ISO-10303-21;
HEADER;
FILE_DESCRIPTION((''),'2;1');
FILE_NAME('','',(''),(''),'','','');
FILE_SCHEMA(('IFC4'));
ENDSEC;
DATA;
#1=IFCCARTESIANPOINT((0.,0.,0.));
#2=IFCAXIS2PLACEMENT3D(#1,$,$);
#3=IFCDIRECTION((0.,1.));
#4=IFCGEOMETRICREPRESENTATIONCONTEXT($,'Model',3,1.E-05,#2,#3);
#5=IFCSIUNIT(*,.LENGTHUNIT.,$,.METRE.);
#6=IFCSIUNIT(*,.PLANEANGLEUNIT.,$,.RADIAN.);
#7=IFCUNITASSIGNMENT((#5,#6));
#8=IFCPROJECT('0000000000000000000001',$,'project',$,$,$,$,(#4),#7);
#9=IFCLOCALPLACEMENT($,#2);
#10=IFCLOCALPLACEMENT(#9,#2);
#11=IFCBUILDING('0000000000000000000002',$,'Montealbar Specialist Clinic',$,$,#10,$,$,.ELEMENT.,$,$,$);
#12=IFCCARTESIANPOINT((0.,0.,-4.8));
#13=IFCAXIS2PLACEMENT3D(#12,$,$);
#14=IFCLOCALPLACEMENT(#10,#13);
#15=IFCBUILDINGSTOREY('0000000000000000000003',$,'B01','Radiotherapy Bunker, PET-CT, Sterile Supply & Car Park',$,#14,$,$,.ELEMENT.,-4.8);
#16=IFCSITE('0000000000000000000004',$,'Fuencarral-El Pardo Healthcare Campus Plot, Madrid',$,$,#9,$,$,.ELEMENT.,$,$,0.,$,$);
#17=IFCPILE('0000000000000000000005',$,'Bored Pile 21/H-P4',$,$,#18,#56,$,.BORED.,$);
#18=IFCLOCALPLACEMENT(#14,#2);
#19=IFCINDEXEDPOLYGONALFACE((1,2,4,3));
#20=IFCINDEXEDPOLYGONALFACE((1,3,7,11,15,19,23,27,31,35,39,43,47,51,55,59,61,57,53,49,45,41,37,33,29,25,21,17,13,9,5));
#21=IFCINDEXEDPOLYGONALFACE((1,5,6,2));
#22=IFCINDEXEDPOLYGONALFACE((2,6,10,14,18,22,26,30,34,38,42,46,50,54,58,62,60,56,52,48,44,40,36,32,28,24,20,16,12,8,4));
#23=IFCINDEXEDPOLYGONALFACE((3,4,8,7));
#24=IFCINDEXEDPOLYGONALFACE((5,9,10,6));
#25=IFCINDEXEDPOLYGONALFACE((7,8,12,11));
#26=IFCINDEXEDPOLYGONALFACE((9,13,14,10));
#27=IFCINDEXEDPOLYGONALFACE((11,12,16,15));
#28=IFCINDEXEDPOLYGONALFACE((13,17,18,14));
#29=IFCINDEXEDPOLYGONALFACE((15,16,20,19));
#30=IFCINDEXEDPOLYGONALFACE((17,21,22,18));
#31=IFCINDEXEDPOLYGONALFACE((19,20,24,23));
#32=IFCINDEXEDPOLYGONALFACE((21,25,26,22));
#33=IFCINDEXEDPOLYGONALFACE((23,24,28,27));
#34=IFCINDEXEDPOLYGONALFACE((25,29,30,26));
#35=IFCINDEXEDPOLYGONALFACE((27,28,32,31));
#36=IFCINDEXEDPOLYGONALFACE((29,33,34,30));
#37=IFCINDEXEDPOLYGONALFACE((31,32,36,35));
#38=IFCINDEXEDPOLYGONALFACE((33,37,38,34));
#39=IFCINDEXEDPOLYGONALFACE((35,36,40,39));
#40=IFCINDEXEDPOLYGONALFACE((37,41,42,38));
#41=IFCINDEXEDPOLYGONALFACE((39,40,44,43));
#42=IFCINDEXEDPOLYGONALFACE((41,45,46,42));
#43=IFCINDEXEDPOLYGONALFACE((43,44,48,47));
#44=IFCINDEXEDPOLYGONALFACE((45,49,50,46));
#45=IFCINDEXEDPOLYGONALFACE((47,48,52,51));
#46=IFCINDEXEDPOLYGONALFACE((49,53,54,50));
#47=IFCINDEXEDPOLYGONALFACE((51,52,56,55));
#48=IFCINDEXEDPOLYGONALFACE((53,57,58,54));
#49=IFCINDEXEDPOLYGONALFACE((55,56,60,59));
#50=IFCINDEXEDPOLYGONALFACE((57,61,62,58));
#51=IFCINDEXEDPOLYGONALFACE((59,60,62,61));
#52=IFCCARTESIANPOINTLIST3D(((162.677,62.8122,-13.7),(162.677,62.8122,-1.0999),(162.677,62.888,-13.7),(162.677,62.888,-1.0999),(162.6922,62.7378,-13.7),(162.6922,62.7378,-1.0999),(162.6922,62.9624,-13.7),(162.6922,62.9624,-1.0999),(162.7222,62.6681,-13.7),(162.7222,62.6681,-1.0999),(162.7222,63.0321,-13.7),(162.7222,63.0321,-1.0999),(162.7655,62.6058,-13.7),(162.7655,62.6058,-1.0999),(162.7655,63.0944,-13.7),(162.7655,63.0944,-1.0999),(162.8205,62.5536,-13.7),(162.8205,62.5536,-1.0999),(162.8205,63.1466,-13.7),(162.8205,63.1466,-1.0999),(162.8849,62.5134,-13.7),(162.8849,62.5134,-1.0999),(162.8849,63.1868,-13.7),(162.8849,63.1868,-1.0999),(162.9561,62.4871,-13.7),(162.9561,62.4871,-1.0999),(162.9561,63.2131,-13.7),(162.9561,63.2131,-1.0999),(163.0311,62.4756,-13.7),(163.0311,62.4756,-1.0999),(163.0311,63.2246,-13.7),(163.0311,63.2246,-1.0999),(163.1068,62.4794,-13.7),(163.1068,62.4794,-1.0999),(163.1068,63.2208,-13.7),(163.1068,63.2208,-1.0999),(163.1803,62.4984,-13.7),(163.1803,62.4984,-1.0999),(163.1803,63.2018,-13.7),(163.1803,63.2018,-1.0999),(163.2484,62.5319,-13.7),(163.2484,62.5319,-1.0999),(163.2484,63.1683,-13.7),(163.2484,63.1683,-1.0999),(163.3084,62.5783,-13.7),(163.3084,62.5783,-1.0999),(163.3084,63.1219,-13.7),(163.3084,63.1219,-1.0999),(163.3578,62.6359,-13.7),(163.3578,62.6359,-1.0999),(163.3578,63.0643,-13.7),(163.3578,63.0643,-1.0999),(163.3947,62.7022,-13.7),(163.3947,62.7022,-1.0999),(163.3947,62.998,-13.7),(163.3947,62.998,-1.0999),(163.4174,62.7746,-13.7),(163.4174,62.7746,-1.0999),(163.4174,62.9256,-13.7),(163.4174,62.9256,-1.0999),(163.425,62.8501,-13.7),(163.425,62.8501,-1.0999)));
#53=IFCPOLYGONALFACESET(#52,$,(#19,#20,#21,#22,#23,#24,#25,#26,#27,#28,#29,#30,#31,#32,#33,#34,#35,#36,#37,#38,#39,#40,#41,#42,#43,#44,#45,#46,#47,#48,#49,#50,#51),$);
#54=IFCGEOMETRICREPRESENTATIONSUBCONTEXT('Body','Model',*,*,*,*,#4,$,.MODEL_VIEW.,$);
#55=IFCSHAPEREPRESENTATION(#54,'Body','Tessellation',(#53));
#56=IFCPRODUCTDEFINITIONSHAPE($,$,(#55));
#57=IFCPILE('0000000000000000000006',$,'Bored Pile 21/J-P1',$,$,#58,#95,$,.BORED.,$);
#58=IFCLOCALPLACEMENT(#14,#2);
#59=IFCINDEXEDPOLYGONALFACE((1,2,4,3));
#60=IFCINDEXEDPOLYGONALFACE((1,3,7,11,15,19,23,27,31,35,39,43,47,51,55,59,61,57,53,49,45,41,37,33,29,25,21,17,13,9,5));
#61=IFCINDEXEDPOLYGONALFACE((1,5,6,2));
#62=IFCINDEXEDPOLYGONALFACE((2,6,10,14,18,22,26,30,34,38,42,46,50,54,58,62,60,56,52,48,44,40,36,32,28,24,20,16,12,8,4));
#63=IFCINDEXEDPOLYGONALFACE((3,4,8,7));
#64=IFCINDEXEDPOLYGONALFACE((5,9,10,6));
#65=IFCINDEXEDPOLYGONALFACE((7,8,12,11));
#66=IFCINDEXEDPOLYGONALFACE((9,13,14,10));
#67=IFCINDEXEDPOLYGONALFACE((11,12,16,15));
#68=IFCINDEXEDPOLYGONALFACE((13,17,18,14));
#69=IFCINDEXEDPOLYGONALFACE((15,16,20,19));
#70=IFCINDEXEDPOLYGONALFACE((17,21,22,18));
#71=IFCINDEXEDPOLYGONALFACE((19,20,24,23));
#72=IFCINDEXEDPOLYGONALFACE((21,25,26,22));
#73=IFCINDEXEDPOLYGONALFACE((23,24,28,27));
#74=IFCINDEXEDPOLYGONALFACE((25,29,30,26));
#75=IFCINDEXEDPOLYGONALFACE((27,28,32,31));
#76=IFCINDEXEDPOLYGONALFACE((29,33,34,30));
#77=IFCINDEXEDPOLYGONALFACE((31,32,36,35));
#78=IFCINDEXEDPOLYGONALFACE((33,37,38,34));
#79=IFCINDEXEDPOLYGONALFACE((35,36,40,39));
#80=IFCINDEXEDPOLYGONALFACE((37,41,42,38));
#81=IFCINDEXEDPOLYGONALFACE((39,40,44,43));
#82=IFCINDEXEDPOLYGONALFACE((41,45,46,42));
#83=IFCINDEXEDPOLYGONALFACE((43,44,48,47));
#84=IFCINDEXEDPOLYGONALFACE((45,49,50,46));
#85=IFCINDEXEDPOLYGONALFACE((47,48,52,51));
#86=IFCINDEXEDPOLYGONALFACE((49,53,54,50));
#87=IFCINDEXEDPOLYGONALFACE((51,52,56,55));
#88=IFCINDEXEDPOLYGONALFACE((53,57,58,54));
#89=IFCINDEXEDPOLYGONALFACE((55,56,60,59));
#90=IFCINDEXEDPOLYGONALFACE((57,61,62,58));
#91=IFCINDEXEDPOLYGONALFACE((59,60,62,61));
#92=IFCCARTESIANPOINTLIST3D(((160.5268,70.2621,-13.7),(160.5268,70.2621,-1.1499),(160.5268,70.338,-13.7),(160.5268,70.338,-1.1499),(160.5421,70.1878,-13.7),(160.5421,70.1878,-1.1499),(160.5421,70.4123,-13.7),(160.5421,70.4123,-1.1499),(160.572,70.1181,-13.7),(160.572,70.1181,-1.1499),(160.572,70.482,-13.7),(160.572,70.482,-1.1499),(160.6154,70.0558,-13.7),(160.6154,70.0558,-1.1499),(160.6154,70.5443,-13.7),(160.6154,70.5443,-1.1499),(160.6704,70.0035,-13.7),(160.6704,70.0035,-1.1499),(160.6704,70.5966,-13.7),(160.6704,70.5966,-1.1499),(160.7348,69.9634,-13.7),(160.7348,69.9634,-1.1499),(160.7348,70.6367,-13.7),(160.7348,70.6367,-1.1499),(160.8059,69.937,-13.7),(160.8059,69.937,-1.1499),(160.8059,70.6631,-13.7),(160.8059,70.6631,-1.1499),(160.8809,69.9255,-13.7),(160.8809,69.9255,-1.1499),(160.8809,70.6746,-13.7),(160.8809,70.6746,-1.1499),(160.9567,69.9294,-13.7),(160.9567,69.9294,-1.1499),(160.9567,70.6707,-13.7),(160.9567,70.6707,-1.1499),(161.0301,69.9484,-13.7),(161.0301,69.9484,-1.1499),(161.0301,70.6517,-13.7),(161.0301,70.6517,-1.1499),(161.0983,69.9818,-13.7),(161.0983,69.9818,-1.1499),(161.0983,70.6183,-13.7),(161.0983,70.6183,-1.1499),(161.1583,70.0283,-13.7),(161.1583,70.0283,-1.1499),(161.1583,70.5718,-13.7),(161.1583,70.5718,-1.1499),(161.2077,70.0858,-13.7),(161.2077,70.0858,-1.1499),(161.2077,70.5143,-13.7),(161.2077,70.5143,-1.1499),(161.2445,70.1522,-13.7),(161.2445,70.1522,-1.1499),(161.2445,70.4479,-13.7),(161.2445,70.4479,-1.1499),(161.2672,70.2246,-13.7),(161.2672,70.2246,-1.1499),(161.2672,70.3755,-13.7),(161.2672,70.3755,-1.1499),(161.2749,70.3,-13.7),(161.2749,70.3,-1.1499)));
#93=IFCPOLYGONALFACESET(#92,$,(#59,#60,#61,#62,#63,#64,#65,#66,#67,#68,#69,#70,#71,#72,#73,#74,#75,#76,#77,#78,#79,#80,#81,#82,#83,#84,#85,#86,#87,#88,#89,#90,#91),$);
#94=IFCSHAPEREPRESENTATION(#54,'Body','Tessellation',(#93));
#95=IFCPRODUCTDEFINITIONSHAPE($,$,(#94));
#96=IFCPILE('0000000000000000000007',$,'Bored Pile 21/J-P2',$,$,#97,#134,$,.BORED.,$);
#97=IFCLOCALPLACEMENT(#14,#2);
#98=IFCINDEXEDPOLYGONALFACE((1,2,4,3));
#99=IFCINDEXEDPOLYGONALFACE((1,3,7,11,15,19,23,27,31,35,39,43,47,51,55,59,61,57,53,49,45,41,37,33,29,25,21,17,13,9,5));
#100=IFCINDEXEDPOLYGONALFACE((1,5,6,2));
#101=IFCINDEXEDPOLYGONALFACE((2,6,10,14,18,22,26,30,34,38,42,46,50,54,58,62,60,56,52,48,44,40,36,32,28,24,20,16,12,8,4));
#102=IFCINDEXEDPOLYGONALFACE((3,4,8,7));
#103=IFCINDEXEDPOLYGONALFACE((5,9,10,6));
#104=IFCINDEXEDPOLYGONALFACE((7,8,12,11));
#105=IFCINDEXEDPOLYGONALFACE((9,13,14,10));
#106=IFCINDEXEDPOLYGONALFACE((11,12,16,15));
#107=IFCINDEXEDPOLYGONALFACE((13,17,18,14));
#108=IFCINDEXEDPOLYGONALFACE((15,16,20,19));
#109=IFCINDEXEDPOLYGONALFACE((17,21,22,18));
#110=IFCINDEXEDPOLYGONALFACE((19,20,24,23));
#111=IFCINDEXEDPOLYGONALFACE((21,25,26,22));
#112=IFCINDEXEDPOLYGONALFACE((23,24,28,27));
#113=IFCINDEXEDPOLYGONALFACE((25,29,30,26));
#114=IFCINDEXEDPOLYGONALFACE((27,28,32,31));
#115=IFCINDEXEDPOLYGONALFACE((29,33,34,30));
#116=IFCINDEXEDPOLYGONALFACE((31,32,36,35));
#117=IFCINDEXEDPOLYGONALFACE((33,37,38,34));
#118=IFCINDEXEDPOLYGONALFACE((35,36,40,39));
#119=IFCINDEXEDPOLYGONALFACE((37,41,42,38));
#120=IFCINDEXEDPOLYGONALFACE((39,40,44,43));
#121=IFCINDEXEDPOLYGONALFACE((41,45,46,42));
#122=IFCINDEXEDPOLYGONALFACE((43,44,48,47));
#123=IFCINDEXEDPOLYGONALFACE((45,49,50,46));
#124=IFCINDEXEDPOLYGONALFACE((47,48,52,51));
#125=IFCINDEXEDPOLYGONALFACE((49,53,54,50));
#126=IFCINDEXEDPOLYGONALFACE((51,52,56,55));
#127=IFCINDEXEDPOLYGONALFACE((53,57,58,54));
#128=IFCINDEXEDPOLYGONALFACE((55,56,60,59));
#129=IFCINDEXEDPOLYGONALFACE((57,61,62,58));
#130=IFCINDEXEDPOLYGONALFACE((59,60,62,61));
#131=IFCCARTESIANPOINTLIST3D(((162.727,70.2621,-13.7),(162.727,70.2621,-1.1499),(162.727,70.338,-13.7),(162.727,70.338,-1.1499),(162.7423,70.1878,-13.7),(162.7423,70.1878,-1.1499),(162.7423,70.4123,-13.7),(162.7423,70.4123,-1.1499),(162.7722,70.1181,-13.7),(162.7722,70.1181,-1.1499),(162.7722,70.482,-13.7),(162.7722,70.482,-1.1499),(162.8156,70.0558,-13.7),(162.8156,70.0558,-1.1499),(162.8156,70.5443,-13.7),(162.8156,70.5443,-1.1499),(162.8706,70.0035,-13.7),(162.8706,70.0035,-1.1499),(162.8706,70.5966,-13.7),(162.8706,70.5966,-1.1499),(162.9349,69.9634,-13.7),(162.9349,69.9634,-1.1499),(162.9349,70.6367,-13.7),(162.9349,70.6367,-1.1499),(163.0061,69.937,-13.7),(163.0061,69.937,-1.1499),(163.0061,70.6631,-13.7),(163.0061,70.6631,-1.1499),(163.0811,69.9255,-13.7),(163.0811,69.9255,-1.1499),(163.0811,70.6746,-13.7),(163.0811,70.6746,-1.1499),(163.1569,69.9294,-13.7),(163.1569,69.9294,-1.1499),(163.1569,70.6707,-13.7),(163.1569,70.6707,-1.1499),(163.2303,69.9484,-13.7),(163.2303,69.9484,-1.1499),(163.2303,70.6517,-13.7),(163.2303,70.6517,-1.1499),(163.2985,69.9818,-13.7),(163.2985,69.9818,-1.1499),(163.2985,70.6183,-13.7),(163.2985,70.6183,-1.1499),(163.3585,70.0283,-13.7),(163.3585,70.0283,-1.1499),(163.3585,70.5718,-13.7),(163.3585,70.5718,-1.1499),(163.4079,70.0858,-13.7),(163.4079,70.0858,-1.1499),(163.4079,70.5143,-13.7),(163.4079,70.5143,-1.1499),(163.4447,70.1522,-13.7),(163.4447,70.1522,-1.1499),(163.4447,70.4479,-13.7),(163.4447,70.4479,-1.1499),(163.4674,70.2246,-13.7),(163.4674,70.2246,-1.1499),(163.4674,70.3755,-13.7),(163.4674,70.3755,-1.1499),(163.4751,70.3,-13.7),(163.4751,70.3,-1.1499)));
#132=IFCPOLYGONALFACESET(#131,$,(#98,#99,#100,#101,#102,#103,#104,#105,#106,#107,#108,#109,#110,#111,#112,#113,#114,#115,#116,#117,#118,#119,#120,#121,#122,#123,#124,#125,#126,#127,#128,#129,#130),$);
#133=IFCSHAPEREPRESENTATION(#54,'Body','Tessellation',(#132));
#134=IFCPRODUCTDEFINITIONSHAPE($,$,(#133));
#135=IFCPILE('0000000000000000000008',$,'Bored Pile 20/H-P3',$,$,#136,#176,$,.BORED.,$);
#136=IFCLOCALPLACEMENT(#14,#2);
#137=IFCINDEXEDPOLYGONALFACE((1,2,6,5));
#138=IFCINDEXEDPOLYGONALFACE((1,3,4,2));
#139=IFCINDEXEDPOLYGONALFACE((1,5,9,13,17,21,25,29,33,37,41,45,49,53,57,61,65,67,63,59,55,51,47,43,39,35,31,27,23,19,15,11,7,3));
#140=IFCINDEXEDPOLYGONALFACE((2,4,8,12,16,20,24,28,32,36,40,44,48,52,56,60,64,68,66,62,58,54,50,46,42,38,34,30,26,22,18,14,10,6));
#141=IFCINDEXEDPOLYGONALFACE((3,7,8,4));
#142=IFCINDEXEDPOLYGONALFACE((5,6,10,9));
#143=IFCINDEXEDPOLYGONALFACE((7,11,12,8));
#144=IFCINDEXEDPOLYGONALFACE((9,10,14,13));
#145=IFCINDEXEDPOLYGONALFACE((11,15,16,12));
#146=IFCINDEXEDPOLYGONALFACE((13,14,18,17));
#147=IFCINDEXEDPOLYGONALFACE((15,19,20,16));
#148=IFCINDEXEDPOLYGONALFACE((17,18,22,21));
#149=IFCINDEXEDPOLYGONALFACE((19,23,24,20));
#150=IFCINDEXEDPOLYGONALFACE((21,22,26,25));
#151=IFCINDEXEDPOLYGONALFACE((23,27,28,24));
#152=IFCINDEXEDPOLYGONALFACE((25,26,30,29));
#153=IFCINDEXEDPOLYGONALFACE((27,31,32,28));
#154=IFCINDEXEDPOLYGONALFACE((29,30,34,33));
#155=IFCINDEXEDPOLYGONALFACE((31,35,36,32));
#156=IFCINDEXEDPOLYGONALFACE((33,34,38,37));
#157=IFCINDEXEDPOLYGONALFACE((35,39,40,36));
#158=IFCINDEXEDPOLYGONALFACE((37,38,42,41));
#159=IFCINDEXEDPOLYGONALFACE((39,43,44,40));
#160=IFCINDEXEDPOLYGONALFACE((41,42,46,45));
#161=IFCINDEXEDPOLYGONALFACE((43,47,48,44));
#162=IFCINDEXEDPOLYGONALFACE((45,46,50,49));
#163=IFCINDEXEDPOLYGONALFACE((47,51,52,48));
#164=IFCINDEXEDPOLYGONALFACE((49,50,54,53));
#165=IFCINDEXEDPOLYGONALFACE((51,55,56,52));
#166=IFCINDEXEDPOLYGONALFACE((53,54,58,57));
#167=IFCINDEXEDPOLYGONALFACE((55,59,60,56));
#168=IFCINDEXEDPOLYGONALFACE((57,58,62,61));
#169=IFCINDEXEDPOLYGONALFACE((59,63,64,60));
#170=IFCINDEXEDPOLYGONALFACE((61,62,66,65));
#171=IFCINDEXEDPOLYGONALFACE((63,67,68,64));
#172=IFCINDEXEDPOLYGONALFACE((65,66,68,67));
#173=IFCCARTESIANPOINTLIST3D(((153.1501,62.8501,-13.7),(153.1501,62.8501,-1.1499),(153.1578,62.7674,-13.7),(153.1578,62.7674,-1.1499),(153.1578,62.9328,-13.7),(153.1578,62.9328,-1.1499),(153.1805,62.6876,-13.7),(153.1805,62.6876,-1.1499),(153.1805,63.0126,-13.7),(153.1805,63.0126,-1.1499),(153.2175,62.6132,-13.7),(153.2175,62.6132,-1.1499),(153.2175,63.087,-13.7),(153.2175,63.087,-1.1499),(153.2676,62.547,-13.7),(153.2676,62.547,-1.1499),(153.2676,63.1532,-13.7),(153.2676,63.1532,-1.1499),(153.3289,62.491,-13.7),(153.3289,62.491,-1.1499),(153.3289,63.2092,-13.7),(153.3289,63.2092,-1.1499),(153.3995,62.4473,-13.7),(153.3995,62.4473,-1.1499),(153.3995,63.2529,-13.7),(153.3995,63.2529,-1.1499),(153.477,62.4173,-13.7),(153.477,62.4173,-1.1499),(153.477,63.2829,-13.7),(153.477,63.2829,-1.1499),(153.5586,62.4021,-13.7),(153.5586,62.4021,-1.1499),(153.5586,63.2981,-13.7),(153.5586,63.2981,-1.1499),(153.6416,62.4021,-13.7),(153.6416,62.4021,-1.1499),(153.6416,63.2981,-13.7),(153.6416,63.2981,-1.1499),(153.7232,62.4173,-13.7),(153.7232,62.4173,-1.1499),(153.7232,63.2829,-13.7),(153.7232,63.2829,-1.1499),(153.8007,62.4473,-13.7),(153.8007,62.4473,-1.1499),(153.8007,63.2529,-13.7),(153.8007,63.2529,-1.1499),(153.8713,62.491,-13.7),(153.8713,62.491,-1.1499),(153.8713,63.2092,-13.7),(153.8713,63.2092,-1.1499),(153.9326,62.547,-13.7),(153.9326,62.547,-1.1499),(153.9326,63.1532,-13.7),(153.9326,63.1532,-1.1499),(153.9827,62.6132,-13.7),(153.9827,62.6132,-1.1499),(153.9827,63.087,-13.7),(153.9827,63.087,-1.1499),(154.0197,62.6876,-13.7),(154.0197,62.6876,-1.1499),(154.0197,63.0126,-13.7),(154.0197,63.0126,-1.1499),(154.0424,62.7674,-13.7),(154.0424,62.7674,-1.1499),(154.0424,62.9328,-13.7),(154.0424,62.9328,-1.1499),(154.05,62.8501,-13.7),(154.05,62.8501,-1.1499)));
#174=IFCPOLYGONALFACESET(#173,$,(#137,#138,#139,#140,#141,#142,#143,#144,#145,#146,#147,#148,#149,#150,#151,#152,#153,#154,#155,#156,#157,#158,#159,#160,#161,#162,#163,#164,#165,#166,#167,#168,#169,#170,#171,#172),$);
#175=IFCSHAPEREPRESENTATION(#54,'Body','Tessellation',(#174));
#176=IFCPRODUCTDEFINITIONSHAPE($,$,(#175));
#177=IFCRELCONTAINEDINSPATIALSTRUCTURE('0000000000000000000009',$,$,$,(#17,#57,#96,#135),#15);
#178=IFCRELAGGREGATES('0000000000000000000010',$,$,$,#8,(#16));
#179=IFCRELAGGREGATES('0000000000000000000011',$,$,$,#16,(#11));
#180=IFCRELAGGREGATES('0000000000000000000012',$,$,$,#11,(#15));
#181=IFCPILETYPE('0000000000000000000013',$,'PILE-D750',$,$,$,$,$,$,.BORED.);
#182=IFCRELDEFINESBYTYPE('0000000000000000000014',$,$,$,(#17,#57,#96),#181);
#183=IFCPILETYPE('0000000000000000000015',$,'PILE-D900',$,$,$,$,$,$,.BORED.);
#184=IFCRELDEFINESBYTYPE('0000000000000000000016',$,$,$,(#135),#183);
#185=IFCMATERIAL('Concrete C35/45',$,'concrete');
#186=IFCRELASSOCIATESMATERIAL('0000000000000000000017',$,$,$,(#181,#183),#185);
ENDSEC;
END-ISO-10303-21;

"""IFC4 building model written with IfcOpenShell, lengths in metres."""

from ifc_helpers import new_model, si_unit, direction, frame, origin, origin_2d, place, context, subcontext, project, spatial, circle, extrude, material, material_profile, profile_set, type_object, element, save


model = new_model("IFC4")

# Units and contexts
model_context = context("Model", 3, precision=1e-05, world=origin(), true_north=direction((0.0, 1.0)))
body_context = subcontext(model_context, "Body", "Model", "MODEL_VIEW")
ifc_project = project(units=[si_unit("LENGTHUNIT", "METRE"), si_unit("PLANEANGLEUNIT", "RADIAN")], contexts=[model_context])

# Site, building, storey
site_placement = place(None, origin())
site = spatial("IfcSite", under=ifc_project, at=site_placement, Name="Fuencarral-El Pardo Healthcare Campus Plot, Madrid", CompositionType="ELEMENT", RefElevation=0.0)
building_placement = place(site_placement, origin())
building = spatial("IfcBuilding", under=site, at=building_placement, Name="Montealbar Specialist Clinic", CompositionType="ELEMENT")
storey_placement = place(building_placement, frame((0.0, 0.0, -4.8)))
storey = spatial("IfcBuildingStorey", under=building, at=storey_placement, Name="B01", Description="Radiotherapy Bunker, PET-CT, Sterile Supply & Car Park", CompositionType="ELEMENT", Elevation=-4.8)

# Shared definitions
ifc_material_1 = material(Name="Concrete C35/45", Category="concrete")

# Piles
ifc_material_profile_1 = material_profile(ifc_material_1, circle(Radius=0.375, at=origin_2d()), Name="PILE D750", Category="concrete")
ifc_profile_set_1 = profile_set([ifc_material_profile_1], Name="Concrete C35/45")
pile_type_1 = type_object("IfcPileType", Name="PILE-D750", PredefinedType="BORED", material=ifc_profile_set_1)
for number, where, z_axis, x_axis, name in (
    (1, (163.05, 62.8501, -1.0999), (0.0, 0.0, -1.0), (1.0, 0.0, 0.0), "Bored Pile 21/H-P4"),
):
    element("IfcPile", number, at=place(storey_placement, frame(where, z_axis=z_axis, x_axis=x_axis)), inside=storey, type_object=pile_type_1, Name=name, PredefinedType="BORED", context=body_context, shape_type="SweptSolid", body=[
        extrude(circle(Radius=0.375, at=origin_2d()), origin(), (0.0, 0.0, 1.0), 12.6001),
    ])
for number, where, z_axis, x_axis, name in (
    (2, (160.8999, 70.3, -1.1499), (0.0, 0.0, -1.0), (1.0, 0.0, 0.0), "Bored Pile 21/J-P1"),
    (3, (163.1001, 70.3, -1.1499), (0.0, 0.0, -1.0), (1.0, 0.0, 0.0), "Bored Pile 21/J-P2"),
):
    element("IfcPile", number, at=place(storey_placement, frame(where, z_axis=z_axis, x_axis=x_axis)), inside=storey, type_object=pile_type_1, Name=name, PredefinedType="BORED", context=body_context, shape_type="SweptSolid", body=[
        extrude(circle(Radius=0.375, at=origin_2d()), origin(), (0.0, 0.0, 1.0), 12.55),
    ])
ifc_material_profile_2 = material_profile(ifc_material_1, circle(Radius=0.45, at=origin_2d()), Name="PILE D900", Category="concrete")
ifc_profile_set_2 = profile_set([ifc_material_profile_2], Name="Concrete C35/45")
pile_type_2 = type_object("IfcPileType", Name="PILE-D900", PredefinedType="BORED", material=ifc_profile_set_2)
pile_placement = place(storey_placement, frame((153.6001, 62.8501, -1.1499), z_axis=(0.0, 0.0, -1.0), x_axis=(1.0, 0.0, 0.0)))
element("IfcPile", 4, at=pile_placement, inside=storey, type_object=pile_type_2, Name="Bored Pile 20/H-P3", PredefinedType="BORED", context=body_context, shape_type="SweptSolid", body=[
    extrude(circle(Radius=0.45, at=origin_2d()), origin(), (0.0, 0.0, 1.0), 12.55),
])

save(model, "model.ifc")
